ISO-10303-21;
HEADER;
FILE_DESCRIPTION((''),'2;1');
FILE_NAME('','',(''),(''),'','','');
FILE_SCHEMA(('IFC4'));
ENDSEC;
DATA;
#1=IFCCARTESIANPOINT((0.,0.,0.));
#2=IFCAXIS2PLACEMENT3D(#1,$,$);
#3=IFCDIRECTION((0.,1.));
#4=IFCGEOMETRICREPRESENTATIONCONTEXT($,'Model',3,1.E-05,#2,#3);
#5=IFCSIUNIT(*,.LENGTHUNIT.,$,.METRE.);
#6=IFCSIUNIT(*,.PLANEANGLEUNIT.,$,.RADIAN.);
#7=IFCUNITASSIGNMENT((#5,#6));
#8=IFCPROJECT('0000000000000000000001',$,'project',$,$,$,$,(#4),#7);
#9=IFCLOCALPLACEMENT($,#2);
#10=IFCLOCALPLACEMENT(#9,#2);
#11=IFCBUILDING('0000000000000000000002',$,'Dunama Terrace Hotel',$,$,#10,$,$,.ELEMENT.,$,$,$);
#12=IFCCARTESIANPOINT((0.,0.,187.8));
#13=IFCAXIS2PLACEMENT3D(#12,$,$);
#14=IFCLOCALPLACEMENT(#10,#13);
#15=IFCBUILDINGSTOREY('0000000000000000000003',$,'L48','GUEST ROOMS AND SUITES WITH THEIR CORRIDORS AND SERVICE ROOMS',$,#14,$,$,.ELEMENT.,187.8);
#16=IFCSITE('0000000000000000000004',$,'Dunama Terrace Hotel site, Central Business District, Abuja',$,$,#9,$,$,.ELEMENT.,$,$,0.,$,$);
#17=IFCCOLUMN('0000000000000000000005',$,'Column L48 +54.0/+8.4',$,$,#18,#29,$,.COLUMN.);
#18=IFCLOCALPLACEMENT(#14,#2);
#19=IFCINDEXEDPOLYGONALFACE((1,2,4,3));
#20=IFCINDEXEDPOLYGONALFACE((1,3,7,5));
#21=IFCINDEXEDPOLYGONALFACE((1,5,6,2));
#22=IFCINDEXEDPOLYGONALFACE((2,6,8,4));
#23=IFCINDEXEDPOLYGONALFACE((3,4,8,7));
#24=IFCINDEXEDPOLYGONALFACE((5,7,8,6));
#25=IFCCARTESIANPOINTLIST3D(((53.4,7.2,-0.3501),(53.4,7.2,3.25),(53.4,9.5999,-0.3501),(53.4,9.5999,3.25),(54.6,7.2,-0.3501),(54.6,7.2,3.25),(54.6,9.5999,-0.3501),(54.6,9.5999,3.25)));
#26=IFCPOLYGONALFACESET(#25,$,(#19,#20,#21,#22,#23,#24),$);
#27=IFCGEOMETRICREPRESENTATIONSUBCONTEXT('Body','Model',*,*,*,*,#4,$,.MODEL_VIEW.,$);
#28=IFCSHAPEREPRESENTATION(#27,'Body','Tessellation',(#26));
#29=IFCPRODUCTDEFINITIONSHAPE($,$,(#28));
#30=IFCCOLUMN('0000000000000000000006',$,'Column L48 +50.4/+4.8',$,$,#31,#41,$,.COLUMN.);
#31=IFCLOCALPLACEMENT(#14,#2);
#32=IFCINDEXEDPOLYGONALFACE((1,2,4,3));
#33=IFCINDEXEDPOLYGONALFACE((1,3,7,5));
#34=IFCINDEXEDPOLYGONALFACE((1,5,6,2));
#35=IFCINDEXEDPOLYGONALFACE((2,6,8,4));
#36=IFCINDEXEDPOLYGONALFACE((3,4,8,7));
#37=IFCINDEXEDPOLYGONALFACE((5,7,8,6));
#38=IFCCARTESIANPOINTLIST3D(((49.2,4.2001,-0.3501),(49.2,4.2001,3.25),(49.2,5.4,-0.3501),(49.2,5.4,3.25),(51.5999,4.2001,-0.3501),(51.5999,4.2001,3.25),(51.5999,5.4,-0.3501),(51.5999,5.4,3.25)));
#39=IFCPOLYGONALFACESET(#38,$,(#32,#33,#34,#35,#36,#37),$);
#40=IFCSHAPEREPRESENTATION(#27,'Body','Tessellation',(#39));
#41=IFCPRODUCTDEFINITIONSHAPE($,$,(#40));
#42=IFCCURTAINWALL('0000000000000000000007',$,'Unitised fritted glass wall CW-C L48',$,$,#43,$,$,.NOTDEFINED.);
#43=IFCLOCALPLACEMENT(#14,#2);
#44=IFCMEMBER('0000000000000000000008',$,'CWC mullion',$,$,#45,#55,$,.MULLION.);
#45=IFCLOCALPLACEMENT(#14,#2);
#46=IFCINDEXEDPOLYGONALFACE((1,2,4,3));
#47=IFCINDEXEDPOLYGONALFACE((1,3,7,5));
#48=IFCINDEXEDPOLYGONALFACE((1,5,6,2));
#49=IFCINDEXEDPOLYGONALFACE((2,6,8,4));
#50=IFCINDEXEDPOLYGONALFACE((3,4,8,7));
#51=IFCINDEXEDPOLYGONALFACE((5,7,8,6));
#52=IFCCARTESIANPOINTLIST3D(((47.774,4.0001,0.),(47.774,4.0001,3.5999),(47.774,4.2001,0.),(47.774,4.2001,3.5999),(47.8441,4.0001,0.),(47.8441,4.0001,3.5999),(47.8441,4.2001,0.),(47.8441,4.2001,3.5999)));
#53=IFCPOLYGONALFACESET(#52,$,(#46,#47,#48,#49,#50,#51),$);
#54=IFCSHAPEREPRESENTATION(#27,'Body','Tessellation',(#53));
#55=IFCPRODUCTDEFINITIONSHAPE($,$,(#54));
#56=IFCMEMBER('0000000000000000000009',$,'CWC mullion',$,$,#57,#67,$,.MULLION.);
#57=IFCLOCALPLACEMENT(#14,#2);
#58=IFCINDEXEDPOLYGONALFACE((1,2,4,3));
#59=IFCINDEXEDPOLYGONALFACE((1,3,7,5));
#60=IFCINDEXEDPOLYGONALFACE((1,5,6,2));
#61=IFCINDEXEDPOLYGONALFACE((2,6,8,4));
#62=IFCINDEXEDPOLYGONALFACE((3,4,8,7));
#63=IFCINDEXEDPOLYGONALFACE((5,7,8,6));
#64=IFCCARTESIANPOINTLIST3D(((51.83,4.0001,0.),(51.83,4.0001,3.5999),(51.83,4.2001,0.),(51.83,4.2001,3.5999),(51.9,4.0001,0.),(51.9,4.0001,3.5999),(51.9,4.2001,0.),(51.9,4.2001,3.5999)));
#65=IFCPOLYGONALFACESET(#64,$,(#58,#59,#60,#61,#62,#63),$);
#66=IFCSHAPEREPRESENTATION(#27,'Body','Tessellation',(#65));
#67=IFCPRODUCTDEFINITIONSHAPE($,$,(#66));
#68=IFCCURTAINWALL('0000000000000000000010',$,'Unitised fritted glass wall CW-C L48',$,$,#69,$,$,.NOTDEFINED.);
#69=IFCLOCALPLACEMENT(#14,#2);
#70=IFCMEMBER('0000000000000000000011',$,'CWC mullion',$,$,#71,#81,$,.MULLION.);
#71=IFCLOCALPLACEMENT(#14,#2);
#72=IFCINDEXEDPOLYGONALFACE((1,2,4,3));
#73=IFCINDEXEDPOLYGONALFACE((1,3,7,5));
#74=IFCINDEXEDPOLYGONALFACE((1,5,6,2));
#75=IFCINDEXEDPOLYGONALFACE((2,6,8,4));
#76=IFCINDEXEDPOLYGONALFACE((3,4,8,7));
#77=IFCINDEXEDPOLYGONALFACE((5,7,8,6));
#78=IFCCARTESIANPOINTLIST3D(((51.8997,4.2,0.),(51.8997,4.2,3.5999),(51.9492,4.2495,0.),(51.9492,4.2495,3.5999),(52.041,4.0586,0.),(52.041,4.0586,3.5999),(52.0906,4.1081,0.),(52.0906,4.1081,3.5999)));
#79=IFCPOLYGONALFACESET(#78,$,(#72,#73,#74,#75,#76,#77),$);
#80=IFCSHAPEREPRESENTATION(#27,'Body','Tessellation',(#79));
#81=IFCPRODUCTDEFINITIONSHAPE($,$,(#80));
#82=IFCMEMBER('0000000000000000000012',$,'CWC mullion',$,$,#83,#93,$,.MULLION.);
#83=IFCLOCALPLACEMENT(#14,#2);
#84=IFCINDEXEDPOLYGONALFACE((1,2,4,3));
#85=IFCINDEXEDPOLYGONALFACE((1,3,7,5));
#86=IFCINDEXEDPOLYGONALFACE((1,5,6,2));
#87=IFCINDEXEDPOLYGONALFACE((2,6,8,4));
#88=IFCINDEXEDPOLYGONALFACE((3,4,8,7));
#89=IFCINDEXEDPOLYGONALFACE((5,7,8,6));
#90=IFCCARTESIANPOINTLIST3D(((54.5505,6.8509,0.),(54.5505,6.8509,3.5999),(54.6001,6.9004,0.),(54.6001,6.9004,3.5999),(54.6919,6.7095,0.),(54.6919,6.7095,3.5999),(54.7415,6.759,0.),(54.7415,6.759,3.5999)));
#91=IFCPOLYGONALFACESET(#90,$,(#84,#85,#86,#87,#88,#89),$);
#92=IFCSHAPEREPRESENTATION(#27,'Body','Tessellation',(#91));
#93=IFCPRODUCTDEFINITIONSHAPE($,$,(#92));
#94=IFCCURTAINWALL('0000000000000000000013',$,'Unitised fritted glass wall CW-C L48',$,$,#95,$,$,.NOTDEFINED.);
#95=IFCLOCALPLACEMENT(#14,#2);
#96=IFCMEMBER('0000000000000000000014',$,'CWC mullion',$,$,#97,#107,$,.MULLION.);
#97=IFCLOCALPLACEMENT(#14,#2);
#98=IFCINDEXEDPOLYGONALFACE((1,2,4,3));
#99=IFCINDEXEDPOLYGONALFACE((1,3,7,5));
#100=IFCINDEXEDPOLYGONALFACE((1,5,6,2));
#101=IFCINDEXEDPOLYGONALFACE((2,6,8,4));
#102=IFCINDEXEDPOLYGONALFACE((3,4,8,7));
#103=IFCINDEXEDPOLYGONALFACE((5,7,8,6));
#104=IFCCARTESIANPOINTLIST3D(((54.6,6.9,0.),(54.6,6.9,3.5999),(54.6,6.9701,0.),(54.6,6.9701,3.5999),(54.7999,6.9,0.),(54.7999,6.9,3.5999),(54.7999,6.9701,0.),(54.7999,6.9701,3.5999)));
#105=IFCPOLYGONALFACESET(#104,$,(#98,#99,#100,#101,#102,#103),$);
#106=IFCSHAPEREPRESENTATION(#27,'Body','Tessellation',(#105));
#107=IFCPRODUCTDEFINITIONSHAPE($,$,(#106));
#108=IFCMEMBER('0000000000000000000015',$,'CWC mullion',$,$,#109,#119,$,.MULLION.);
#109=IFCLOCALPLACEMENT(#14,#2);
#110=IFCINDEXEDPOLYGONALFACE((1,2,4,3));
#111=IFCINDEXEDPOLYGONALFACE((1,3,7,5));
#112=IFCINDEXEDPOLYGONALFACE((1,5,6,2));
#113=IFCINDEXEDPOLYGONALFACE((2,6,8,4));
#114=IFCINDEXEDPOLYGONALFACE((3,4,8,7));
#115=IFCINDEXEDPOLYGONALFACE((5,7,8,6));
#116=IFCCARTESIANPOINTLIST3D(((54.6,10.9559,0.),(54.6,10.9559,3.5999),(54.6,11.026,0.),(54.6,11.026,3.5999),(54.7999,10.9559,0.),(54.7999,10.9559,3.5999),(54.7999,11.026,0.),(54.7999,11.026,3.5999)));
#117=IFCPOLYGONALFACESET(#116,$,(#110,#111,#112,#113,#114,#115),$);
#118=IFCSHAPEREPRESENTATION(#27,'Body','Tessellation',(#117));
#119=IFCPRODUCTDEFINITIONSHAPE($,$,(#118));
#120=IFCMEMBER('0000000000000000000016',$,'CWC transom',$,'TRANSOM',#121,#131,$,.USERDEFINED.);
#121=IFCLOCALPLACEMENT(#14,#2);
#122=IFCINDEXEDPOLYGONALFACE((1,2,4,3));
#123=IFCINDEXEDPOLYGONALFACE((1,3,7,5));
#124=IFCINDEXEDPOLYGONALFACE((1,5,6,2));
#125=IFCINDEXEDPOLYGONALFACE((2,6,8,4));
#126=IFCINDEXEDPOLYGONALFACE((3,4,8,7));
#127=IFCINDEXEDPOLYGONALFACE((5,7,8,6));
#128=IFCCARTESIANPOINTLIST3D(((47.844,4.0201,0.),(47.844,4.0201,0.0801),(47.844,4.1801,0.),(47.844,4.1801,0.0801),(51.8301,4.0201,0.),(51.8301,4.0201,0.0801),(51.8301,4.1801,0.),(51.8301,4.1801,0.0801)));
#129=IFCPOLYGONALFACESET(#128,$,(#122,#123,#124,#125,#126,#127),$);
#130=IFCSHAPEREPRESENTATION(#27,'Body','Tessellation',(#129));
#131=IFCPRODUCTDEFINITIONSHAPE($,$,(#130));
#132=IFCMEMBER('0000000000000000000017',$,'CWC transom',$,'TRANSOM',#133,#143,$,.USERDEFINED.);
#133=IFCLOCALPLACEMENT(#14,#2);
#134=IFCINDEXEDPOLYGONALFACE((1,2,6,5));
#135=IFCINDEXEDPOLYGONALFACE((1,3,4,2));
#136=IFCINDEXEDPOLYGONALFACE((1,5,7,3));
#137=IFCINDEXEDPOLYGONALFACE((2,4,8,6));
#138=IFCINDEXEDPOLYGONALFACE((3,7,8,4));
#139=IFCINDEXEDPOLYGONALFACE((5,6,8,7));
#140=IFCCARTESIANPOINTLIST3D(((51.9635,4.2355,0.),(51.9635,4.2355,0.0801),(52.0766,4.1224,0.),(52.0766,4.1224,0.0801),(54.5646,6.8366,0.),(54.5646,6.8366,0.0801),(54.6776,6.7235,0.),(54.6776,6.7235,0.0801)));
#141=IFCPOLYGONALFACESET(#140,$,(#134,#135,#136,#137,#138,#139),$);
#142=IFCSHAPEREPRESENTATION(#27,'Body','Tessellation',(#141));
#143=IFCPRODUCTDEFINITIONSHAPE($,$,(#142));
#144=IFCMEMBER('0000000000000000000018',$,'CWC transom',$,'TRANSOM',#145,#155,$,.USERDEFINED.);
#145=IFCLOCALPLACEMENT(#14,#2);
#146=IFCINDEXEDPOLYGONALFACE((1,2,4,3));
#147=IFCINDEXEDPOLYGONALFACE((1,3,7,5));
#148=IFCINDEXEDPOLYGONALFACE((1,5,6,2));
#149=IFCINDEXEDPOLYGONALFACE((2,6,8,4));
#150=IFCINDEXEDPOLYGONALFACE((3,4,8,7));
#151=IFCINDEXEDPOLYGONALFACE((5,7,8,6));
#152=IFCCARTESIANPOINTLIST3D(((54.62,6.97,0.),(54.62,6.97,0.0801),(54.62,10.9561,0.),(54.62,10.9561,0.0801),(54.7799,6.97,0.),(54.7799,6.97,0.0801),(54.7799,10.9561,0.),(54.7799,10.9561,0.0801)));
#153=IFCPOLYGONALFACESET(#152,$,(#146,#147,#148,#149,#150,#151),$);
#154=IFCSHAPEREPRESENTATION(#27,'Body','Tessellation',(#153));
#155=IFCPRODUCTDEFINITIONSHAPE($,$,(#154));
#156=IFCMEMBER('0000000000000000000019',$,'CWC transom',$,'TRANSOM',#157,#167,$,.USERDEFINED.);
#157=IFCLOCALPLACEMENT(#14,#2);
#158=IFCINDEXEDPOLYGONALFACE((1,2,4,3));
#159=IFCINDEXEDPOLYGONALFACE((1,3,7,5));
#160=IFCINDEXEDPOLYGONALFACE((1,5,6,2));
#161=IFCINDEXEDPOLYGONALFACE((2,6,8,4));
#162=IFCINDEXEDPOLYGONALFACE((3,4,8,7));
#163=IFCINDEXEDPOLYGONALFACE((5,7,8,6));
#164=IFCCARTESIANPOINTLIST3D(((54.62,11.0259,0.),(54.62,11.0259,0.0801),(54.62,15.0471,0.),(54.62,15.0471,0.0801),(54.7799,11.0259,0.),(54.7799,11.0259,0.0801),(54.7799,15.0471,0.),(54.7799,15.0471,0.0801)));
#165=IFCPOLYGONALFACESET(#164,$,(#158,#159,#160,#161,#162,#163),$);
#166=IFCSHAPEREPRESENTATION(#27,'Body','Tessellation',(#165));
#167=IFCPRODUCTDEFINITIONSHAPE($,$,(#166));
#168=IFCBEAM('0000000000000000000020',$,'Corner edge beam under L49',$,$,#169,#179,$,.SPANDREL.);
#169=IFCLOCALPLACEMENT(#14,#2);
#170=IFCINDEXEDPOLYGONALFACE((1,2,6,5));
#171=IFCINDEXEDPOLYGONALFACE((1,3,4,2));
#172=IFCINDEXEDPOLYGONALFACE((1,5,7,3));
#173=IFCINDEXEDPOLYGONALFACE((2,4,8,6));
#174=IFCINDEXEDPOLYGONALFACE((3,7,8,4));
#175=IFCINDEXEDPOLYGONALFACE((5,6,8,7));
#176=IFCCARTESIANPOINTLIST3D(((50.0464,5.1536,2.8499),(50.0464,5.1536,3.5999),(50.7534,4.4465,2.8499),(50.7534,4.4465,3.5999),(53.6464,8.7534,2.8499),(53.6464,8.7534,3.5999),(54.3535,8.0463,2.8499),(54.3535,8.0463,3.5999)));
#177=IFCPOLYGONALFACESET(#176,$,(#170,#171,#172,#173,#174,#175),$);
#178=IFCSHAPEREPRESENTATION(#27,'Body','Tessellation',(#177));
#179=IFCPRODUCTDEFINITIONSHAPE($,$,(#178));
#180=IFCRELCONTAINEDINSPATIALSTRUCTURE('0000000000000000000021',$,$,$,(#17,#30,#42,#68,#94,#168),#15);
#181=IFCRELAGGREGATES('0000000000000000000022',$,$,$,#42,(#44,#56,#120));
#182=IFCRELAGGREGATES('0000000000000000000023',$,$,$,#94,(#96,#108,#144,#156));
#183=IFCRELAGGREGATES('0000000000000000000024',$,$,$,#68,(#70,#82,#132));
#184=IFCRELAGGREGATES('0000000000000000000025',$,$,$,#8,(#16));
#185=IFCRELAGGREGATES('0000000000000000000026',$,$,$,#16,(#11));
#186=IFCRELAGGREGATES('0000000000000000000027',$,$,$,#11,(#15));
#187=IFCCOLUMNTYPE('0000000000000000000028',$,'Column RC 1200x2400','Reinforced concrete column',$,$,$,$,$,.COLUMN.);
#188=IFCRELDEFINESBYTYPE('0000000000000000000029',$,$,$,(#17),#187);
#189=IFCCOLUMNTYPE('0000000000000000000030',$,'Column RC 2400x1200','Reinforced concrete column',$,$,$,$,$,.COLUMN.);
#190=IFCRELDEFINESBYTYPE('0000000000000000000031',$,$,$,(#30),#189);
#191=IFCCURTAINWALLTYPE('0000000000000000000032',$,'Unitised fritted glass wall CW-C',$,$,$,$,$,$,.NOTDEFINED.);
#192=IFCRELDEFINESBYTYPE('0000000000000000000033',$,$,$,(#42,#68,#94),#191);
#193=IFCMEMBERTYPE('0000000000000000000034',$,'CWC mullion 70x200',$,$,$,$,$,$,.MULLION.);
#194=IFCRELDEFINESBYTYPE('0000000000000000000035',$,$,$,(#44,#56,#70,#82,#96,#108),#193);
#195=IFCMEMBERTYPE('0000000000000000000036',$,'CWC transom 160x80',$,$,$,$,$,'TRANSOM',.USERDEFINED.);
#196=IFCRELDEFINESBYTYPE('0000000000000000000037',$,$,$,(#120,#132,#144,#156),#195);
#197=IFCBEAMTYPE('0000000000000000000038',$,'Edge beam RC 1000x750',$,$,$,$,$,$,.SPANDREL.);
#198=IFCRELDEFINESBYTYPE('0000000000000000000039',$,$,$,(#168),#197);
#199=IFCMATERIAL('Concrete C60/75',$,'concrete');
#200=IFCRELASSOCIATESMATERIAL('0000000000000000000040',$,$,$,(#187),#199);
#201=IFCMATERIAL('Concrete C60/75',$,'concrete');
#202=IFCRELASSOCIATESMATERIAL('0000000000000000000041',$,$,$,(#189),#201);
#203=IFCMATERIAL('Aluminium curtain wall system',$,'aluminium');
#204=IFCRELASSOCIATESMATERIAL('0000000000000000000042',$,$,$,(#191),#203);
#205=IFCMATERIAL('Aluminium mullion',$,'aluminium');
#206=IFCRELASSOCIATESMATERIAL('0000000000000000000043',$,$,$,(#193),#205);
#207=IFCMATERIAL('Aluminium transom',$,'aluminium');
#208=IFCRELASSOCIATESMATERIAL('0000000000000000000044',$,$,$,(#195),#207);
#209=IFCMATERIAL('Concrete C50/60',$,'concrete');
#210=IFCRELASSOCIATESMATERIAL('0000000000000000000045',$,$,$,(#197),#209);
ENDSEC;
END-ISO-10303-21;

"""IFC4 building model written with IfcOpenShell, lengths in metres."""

from ifc_helpers import new_model, si_unit, direction, frame, origin, origin_2d, place, context, subcontext, project, spatial, rectangle, extrude, material, material_profile, profile_set, type_object, element, aggregate, save


model = new_model("IFC4")

# Units and contexts
model_context = context("Model", 3, precision=1e-05, world=origin(), true_north=direction((0.0, 1.0)))
body_context = subcontext(model_context, "Body", "Model", "MODEL_VIEW")
ifc_project = project(units=[si_unit("LENGTHUNIT", "METRE"), si_unit("PLANEANGLEUNIT", "RADIAN")], contexts=[model_context])

# Site, building, storey
site_placement = place(None, origin())
site = spatial("IfcSite", under=ifc_project, at=site_placement, Name="Dunama Terrace Hotel site, Central Business District, Abuja", CompositionType="ELEMENT", RefElevation=0.0)
building_placement = place(site_placement, origin())
building = spatial("IfcBuilding", under=site, at=building_placement, Name="Dunama Terrace Hotel", CompositionType="ELEMENT")
storey_placement = place(building_placement, frame((0.0, 0.0, 187.8)))
storey = spatial("IfcBuildingStorey", under=building, at=storey_placement, Name="L48", Description="GUEST ROOMS AND SUITES WITH THEIR CORRIDORS AND SERVICE ROOMS", CompositionType="ELEMENT", Elevation=187.8)

# Columns
ifc_material_1 = material(Name="Concrete C60/75", Category="concrete")
ifc_material_profile_1 = material_profile(ifc_material_1, rectangle(XDim=1.2, YDim=2.3999, at=origin_2d()), Name="RC 1200x2400")
ifc_profile_set_1 = profile_set([ifc_material_profile_1], Name="Concrete C60/75")
column_type_1 = type_object("IfcColumnType", Name="Column RC 1200x2400", Description="Reinforced concrete column", PredefinedType="COLUMN", material=ifc_profile_set_1)
column_1_placement = place(storey_placement, frame((54.0, 8.3999, -0.3501), z_axis=(0.0, 0.0, 1.0), x_axis=(1.0, 0.0, 0.0)))
element("IfcColumn", 1, at=column_1_placement, inside=storey, type_object=column_type_1, Name="Column L48 +54.0/+8.4", PredefinedType="COLUMN", context=body_context, shape_type="SweptSolid", body=[
    extrude(rectangle(XDim=1.2, YDim=2.3999, at=origin_2d()), origin(), (0.0, 0.0, 1.0), 3.6001),
])
ifc_material_2 = material(Name="Concrete C60/75", Category="concrete")
ifc_material_profile_2 = material_profile(ifc_material_2, rectangle(XDim=2.3999, YDim=1.2, at=origin_2d()), Name="RC 2400x1200")
ifc_profile_set_2 = profile_set([ifc_material_profile_2], Name="Concrete C60/75")
column_type_2 = type_object("IfcColumnType", Name="Column RC 2400x1200", Description="Reinforced concrete column", PredefinedType="COLUMN", material=ifc_profile_set_2)
column_2_placement = place(storey_placement, frame((50.3999, 4.8, -0.3501), z_axis=(0.0, 0.0, 1.0), x_axis=(1.0, 0.0, 0.0)))
element("IfcColumn", 2, at=column_2_placement, inside=storey, type_object=column_type_2, Name="Column L48 +50.4/+4.8", PredefinedType="COLUMN", context=body_context, shape_type="SweptSolid", body=[
    extrude(rectangle(XDim=2.3999, YDim=1.2, at=origin_2d()), origin(), (0.0, 0.0, 1.0), 3.6001),
])

# Curtain walls, members
ifc_material_3 = material(Name="Aluminium curtain wall system", Category="aluminium")
curtain_wall_type = type_object("IfcCurtainWallType", Name="Unitised fritted glass wall CW-C", PredefinedType="NOTDEFINED", material=ifc_material_3)
curtain_wall_1_placement = place(storey_placement, origin())
curtain_wall_1 = element("IfcCurtainWall", 3, at=curtain_wall_1_placement, inside=storey, type_object=curtain_wall_type, Name="Unitised fritted glass wall CW-C L48", PredefinedType="NOTDEFINED")
ifc_material_4 = material(Name="Aluminium mullion", Category="aluminium")
ifc_material_profile_3 = material_profile(ifc_material_4, rectangle(XDim=0.0701, YDim=0.2, at=origin_2d()), Name="CWC MULLION 70X200")
ifc_profile_set_3 = profile_set([ifc_material_profile_3], Name="Aluminium mullion")
member_type_1 = type_object("IfcMemberType", Name="CWC mullion 70x200", PredefinedType="MULLION", material=ifc_profile_set_3)
member_1_placement = place(storey_placement, frame((47.8091, 4.1001, 0.0), z_axis=(0.0, 0.0, 1.0), x_axis=(1.0, 0.0, 0.0)))
member_1 = element("IfcMember", 4, at=member_1_placement, type_object=member_type_1, Name="CWC mullion", PredefinedType="MULLION", context=body_context, shape_type="SweptSolid", body=[
    extrude(rectangle(XDim=0.0701, YDim=0.2, at=origin_2d()), origin(), (0.0, 0.0, 1.0), 3.5999),
])
member_2_placement = place(storey_placement, frame((51.865, 4.1001, 0.0), z_axis=(0.0, 0.0, 1.0), x_axis=(1.0, 0.0, 0.0)))
member_2 = element("IfcMember", 5, at=member_2_placement, type_object=member_type_1, Name="CWC mullion", PredefinedType="MULLION", context=body_context, shape_type="SweptSolid", body=[
    extrude(rectangle(XDim=0.0701, YDim=0.2, at=origin_2d()), origin(), (0.0, 0.0, 1.0), 3.5999),
])
curtain_wall_2_placement = place(storey_placement, origin())
curtain_wall_2 = element("IfcCurtainWall", 6, at=curtain_wall_2_placement, inside=storey, type_object=curtain_wall_type, Name="Unitised fritted glass wall CW-C L48", PredefinedType="NOTDEFINED")
member_3_placement = place(storey_placement, frame((51.9951, 4.1541, 0.0), z_axis=(0.0, 0.0, 1.0), x_axis=(0.707107, 0.707107, 0.0)))
member_3 = element("IfcMember", 7, at=member_3_placement, type_object=member_type_1, Name="CWC mullion", PredefinedType="MULLION", context=body_context, shape_type="SweptSolid", body=[
    extrude(rectangle(XDim=0.0701, YDim=0.2, at=origin_2d()), origin(), (0.0, 0.0, 1.0), 3.5999),
])
member_4_placement = place(storey_placement, frame((54.646, 6.8049, 0.0), z_axis=(0.0, 0.0, 1.0), x_axis=(0.707107, 0.707107, 0.0)))
member_4 = element("IfcMember", 8, at=member_4_placement, type_object=member_type_1, Name="CWC mullion", PredefinedType="MULLION", context=body_context, shape_type="SweptSolid", body=[
    extrude(rectangle(XDim=0.0701, YDim=0.2, at=origin_2d()), origin(), (0.0, 0.0, 1.0), 3.5999),
])
curtain_wall_3_placement = place(storey_placement, origin())
curtain_wall_3 = element("IfcCurtainWall", 9, at=curtain_wall_3_placement, inside=storey, type_object=curtain_wall_type, Name="Unitised fritted glass wall CW-C L48", PredefinedType="NOTDEFINED")
member_5_placement = place(storey_placement, frame((54.7, 6.9351, 0.0), z_axis=(0.0, 0.0, 1.0), x_axis=(0.0, 1.0, 0.0)))
member_5 = element("IfcMember", 10, at=member_5_placement, type_object=member_type_1, Name="CWC mullion", PredefinedType="MULLION", context=body_context, shape_type="SweptSolid", body=[
    extrude(rectangle(XDim=0.0701, YDim=0.2, at=origin_2d()), origin(), (0.0, 0.0, 1.0), 3.5999),
])
member_6_placement = place(storey_placement, frame((54.7, 10.991, 0.0), z_axis=(0.0, 0.0, 1.0), x_axis=(0.0, 1.0, 0.0)))
member_6 = element("IfcMember", 11, at=member_6_placement, type_object=member_type_1, Name="CWC mullion", PredefinedType="MULLION", context=body_context, shape_type="SweptSolid", body=[
    extrude(rectangle(XDim=0.0701, YDim=0.2, at=origin_2d()), origin(), (0.0, 0.0, 1.0), 3.5999),
])

# Members
ifc_material_5 = material(Name="Aluminium transom", Category="aluminium")
ifc_material_profile_4 = material_profile(ifc_material_5, rectangle(XDim=0.1599, YDim=0.0801, at=origin_2d()), Name="CWC TRANSOM 160X80")
ifc_profile_set_4 = profile_set([ifc_material_profile_4], Name="Aluminium transom")
member_type_2 = type_object("IfcMemberType", Name="CWC transom 160x80", ElementType="TRANSOM", PredefinedType="USERDEFINED", material=ifc_profile_set_4)
member_7_placement = place(storey_placement, frame((47.844, 4.1001, 0.04), z_axis=(1.0, 0.0, 0.0), x_axis=(0.0, 1.0, 0.0)))
member_7 = element("IfcMember", 12, at=member_7_placement, type_object=member_type_2, Name="CWC transom", ObjectType="TRANSOM", PredefinedType="USERDEFINED", context=body_context, shape_type="SweptSolid", body=[
    extrude(rectangle(XDim=0.1599, YDim=0.0801, at=origin_2d()), origin(), (0.0, 0.0, 1.0), 3.9861),
])
member_8_placement = place(storey_placement, frame((52.02, 4.179, 0.04), z_axis=(0.707107, 0.707107, 0.0), x_axis=(-0.707107, 0.707107, 0.0)))
member_8 = element("IfcMember", 13, at=member_8_placement, type_object=member_type_2, Name="CWC transom", ObjectType="TRANSOM", PredefinedType="USERDEFINED", context=body_context, shape_type="SweptSolid", body=[
    extrude(rectangle(XDim=0.1599, YDim=0.0801, at=origin_2d()), origin(), (0.0, 0.0, 1.0), 3.6785),
])
member_9_placement = place(storey_placement, frame((54.7, 6.97, 0.04), z_axis=(0.0, 1.0, 0.0), x_axis=(-1.0, 0.0, 0.0)))
member_9 = element("IfcMember", 14, at=member_9_placement, type_object=member_type_2, Name="CWC transom", ObjectType="TRANSOM", PredefinedType="USERDEFINED", context=body_context, shape_type="SweptSolid", body=[
    extrude(rectangle(XDim=0.1599, YDim=0.0801, at=origin_2d()), origin(), (0.0, 0.0, 1.0), 3.9861),
])
member_10_placement = place(storey_placement, frame((54.7, 11.0259, 0.04), z_axis=(0.0, 1.0, 0.0), x_axis=(-1.0, 0.0, 0.0)))
member_10 = element("IfcMember", 15, at=member_10_placement, type_object=member_type_2, Name="CWC transom", ObjectType="TRANSOM", PredefinedType="USERDEFINED", context=body_context, shape_type="SweptSolid", body=[
    extrude(rectangle(XDim=0.1599, YDim=0.0801, at=origin_2d()), origin(), (0.0, 0.0, 1.0), 4.0212),
])

# Beam
ifc_material_6 = material(Name="Concrete C50/60", Category="concrete")
ifc_material_profile_5 = material_profile(ifc_material_6, rectangle(XDim=1.0, YDim=0.75, at=origin_2d()), Name="RC 1000x750")
ifc_profile_set_5 = profile_set([ifc_material_profile_5], Name="Concrete C50/60")
beam_type_1 = type_object("IfcBeamType", Name="Edge beam RC 1000x750", PredefinedType="SPANDREL", material=ifc_profile_set_5)
beam_1_placement = place(storey_placement, frame((50.3999, 4.8, 3.2249), z_axis=(0.707131, 0.707083, 0.0), x_axis=(-0.707083, 0.707131, 0.0)))
element("IfcBeam", 16, at=beam_1_placement, inside=storey, type_object=beam_type_1, Name="Corner edge beam under L49", PredefinedType="SPANDREL", context=body_context, shape_type="SweptSolid", body=[
    extrude(rectangle(XDim=1.0, YDim=0.75, at=origin_2d()), origin(), (0.0, 0.0, 1.0), 5.0911),
])

aggregate(curtain_wall_1, [member_1, member_2, member_7])
aggregate(curtain_wall_3, [member_5, member_6, member_9, member_10])
aggregate(curtain_wall_2, [member_3, member_4, member_8])

save(model, "model.ifc")
